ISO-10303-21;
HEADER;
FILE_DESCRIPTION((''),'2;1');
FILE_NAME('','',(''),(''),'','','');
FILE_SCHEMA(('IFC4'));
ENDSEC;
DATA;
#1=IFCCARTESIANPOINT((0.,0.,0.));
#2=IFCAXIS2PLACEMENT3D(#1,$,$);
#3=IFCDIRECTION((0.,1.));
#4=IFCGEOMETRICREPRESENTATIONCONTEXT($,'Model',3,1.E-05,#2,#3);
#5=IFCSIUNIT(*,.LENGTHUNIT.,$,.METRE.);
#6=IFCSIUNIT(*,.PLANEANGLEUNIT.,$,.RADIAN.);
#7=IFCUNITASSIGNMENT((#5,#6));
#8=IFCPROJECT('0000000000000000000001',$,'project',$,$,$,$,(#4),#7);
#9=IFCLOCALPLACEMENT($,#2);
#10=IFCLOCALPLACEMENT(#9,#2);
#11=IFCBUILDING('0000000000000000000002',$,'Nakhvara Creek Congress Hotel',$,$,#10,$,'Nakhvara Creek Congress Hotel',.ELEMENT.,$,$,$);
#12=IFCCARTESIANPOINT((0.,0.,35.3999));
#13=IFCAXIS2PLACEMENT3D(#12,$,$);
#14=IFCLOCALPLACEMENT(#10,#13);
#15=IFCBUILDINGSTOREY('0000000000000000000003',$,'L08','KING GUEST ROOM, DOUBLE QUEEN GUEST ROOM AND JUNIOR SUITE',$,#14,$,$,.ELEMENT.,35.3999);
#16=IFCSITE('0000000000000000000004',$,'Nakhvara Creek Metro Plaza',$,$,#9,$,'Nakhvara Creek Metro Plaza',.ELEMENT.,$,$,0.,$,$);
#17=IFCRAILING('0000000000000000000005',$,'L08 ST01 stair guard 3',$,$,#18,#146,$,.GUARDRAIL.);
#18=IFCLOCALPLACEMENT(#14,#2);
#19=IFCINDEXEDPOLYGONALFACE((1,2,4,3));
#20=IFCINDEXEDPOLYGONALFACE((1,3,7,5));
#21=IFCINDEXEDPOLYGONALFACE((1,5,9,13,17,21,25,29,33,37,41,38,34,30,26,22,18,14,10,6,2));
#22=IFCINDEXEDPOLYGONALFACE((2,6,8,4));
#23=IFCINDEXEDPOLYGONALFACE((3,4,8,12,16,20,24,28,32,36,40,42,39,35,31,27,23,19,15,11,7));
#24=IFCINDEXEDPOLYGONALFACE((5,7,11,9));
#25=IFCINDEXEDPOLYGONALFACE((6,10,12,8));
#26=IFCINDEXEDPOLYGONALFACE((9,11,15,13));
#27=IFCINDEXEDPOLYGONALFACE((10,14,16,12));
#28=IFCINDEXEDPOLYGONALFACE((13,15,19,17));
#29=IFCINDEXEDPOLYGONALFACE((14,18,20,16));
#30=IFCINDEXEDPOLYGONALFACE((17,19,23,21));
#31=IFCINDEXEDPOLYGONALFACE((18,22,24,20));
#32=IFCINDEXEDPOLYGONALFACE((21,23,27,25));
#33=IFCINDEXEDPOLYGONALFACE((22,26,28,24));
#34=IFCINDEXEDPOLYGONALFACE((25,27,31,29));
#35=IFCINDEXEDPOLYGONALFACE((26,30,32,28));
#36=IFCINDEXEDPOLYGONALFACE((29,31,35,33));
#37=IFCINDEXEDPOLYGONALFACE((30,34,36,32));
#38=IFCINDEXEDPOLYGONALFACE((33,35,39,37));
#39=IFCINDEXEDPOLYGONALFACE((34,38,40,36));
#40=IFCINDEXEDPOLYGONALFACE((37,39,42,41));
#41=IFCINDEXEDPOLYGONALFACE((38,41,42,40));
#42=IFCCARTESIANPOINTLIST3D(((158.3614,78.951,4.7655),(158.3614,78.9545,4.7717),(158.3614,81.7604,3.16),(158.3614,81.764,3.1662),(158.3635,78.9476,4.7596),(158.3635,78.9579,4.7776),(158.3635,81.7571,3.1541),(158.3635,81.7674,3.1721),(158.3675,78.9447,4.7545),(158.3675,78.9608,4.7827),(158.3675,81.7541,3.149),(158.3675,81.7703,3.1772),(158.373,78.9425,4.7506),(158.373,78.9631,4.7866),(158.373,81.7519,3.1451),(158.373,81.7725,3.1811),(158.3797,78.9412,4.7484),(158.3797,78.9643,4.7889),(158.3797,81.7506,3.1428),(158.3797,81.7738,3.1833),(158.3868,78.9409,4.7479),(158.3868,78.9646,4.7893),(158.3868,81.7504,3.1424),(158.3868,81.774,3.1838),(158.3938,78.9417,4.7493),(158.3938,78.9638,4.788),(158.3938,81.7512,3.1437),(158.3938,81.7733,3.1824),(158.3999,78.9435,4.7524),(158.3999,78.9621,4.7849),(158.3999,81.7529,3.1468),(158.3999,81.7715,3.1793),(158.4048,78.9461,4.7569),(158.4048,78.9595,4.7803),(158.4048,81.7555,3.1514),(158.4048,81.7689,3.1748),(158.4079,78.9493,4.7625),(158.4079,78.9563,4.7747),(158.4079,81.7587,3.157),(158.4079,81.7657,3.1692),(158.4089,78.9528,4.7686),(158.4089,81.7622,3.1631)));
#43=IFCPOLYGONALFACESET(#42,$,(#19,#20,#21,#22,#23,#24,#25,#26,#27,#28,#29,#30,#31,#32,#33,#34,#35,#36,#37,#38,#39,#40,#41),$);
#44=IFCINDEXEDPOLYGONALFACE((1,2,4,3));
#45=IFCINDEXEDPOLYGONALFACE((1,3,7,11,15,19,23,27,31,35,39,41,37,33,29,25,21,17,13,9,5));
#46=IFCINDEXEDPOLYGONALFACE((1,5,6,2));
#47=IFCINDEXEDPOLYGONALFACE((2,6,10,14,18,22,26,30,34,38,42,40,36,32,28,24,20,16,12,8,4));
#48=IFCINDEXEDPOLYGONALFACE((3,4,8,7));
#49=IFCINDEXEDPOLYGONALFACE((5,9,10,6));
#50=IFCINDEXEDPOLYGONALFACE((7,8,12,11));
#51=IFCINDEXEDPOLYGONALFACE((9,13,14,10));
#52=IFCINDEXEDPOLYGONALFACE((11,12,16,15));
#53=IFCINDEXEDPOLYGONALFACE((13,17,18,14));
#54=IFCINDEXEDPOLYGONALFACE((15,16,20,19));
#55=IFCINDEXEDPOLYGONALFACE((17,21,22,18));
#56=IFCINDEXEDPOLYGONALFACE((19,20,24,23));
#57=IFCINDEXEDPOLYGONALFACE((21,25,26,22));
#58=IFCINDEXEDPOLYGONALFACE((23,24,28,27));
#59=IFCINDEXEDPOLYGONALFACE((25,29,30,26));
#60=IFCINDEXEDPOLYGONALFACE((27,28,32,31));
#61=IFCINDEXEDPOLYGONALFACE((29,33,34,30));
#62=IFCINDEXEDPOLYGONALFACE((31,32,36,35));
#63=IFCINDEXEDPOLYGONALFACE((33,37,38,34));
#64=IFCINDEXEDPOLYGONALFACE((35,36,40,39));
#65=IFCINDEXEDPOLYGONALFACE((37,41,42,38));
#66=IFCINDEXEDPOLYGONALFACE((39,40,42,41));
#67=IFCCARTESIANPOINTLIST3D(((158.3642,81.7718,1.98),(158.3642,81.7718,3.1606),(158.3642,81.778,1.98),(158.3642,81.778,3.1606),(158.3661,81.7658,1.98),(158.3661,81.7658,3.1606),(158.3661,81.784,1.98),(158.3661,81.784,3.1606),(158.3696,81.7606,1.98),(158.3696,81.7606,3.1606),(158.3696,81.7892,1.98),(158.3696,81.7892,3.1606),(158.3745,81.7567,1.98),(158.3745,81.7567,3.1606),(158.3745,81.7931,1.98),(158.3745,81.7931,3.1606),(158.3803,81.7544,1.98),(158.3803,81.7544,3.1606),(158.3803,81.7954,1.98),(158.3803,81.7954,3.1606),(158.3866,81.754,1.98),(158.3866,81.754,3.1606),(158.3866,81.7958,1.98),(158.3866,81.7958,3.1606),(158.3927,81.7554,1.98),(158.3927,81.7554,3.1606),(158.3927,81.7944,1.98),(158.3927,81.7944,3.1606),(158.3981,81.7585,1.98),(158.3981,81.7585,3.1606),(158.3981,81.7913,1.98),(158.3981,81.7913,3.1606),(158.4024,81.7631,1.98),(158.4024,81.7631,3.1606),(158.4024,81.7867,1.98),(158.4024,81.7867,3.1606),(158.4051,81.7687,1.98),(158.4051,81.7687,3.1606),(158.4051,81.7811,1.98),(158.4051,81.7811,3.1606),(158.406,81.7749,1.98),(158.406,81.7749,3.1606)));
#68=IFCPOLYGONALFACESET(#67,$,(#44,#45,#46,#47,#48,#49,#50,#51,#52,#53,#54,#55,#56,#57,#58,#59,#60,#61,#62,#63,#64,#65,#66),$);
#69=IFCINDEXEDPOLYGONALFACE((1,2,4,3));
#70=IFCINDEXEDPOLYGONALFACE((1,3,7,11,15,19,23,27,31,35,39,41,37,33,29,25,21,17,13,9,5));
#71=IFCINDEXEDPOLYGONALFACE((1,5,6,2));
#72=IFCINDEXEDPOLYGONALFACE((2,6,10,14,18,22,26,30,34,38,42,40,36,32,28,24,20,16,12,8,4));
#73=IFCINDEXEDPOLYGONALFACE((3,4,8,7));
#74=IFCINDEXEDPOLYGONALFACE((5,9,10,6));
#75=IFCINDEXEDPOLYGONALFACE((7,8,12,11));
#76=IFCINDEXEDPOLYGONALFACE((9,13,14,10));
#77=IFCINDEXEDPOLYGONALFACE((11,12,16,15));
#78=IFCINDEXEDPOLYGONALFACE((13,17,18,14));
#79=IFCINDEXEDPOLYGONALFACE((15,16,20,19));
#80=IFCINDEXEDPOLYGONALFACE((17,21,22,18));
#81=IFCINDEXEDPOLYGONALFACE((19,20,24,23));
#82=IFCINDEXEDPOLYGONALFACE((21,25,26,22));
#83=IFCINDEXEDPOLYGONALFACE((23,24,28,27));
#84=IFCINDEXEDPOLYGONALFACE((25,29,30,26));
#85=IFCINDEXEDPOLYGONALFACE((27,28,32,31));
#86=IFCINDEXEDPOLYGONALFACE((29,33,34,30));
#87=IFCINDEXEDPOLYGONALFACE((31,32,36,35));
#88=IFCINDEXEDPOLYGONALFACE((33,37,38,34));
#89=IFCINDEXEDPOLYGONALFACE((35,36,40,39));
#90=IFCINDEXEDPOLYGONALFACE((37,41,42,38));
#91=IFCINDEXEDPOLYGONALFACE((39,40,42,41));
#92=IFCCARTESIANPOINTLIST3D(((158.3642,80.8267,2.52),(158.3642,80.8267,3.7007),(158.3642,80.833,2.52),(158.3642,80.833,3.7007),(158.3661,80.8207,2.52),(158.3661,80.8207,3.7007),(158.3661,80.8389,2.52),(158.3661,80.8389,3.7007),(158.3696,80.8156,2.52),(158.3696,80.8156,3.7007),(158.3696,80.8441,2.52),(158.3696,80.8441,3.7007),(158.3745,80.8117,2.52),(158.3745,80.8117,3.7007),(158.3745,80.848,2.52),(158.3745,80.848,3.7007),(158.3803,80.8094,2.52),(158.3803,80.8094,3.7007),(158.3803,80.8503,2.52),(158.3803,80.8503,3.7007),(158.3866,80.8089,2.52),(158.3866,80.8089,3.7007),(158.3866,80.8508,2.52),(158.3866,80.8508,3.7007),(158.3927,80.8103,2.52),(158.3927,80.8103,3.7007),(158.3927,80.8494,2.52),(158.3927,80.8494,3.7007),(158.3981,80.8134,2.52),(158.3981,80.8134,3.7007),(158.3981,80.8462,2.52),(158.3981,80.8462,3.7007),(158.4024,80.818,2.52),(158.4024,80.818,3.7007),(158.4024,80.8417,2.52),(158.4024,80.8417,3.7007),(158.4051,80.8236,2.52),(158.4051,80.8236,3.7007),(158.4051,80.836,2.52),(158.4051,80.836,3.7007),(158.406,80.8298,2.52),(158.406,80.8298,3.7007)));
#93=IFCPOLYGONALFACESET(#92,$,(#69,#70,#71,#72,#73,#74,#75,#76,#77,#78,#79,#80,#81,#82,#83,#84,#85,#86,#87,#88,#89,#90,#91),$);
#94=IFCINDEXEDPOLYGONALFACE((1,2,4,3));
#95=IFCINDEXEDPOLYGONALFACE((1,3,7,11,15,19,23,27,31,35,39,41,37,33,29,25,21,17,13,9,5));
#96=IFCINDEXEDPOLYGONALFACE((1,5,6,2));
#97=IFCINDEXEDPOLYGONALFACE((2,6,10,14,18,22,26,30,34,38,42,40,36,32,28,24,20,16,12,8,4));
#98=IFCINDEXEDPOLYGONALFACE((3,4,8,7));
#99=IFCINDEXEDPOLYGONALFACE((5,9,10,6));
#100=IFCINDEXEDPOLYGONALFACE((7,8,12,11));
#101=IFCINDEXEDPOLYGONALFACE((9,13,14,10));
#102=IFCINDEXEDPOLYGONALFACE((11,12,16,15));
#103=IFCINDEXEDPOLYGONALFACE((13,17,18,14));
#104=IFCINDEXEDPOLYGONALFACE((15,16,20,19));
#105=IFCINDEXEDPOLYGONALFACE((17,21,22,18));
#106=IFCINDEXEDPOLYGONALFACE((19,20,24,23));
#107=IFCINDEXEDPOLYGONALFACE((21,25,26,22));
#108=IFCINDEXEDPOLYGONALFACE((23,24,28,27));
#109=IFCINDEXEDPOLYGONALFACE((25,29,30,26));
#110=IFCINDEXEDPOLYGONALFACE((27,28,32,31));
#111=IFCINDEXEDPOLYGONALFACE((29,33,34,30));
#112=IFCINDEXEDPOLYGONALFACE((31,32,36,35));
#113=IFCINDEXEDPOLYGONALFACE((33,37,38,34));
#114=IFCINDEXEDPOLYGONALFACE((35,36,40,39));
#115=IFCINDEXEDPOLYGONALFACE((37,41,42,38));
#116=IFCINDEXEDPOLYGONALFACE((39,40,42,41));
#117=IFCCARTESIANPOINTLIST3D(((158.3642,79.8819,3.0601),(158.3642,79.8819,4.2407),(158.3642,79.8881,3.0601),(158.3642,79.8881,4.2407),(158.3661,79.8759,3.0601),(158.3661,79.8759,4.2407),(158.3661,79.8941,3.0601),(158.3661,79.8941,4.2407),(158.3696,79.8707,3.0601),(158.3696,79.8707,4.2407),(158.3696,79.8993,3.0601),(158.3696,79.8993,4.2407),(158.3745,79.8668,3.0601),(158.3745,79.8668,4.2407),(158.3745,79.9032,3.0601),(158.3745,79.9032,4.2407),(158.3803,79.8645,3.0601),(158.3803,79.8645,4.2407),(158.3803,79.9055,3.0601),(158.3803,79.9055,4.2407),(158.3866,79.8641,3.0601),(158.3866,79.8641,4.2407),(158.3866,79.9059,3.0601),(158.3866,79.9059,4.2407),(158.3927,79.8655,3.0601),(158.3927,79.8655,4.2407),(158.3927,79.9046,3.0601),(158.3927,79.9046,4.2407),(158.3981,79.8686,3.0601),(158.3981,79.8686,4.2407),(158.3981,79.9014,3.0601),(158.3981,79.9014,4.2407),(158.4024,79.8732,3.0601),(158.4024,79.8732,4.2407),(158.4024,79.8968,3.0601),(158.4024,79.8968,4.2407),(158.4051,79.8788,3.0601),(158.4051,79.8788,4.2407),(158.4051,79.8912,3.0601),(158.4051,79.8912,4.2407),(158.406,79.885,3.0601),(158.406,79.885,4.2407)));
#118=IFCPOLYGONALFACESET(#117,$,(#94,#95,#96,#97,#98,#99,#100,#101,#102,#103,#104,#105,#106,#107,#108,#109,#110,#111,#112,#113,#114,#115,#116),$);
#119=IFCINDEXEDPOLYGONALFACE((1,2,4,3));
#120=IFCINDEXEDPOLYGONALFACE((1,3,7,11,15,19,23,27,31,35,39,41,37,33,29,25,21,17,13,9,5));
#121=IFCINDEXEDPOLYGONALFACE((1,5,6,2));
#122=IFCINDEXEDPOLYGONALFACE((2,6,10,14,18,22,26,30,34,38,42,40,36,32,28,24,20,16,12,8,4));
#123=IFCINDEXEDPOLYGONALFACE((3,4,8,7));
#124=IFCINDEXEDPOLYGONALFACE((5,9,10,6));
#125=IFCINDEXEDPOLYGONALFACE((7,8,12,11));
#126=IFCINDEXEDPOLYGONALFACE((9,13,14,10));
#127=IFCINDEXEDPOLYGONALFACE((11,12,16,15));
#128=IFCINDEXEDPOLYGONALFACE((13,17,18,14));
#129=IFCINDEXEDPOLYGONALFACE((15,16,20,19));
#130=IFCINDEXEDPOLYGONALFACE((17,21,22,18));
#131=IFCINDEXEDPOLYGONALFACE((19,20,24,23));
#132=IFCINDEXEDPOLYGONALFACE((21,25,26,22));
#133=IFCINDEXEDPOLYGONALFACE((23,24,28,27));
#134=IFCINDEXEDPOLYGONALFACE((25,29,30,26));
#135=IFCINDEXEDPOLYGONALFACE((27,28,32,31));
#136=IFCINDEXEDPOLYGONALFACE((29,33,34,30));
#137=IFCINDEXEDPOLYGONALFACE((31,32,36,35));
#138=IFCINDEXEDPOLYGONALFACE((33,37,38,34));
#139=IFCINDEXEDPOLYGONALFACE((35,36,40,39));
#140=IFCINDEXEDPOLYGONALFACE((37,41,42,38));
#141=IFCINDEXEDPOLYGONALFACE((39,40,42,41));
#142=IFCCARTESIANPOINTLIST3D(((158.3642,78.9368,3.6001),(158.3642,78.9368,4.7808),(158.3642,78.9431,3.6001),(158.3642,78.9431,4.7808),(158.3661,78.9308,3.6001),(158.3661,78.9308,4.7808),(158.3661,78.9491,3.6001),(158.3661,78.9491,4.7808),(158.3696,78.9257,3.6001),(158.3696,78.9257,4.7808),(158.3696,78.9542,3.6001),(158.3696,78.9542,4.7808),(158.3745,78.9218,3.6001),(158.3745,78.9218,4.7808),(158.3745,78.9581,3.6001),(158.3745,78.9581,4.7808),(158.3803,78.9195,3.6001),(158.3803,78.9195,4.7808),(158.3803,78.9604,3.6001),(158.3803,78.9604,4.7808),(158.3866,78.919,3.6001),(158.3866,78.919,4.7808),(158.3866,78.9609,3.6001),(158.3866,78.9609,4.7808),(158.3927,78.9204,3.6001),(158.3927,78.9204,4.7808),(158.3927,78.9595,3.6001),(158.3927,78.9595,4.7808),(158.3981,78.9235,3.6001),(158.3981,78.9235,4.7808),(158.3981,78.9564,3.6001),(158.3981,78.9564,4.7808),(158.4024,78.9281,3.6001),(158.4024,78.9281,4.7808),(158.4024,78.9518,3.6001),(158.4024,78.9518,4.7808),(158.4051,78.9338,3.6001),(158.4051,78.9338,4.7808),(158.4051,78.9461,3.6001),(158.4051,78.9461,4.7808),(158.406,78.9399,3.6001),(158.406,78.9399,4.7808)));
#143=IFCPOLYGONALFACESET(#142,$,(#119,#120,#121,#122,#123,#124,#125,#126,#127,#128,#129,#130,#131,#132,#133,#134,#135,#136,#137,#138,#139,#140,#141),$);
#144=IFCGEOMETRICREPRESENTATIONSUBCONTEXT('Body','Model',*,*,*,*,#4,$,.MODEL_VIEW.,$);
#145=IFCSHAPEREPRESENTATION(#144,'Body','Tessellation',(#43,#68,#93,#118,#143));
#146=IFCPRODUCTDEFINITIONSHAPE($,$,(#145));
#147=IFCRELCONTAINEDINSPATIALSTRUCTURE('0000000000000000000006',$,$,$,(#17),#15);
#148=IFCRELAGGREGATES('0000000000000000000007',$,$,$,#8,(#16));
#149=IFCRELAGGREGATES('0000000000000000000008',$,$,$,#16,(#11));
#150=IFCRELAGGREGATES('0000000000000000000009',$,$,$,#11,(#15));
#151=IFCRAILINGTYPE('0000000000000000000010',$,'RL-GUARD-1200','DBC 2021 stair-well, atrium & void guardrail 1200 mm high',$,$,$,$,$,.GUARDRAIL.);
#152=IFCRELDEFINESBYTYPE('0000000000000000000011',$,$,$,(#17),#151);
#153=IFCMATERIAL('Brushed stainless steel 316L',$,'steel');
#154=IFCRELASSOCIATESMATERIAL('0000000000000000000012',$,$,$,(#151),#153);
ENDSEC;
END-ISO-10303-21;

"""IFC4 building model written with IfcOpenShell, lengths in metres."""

from ifc_helpers import new_model, si_unit, direction, frame, origin, origin_2d, place, context, subcontext, project, spatial, circle, extrude, material, type_object, element, save


model = new_model("IFC4")

# Units and contexts
model_context = context("Model", 3, precision=1e-05, world=origin(), true_north=direction((0.0, 1.0)))
body_context = subcontext(model_context, "Body", "Model", "MODEL_VIEW")
ifc_project = project(units=[si_unit("LENGTHUNIT", "METRE"), si_unit("PLANEANGLEUNIT", "RADIAN")], contexts=[model_context])

# Site, building, storey
site_placement = place(None, origin())
site = spatial("IfcSite", under=ifc_project, at=site_placement, Name="Nakhvara Creek Metro Plaza", LongName="Nakhvara Creek Metro Plaza", CompositionType="ELEMENT", RefElevation=0.0)
building_placement = place(site_placement, origin())
building = spatial("IfcBuilding", under=site, at=building_placement, Name="Nakhvara Creek Congress Hotel", LongName="Nakhvara Creek Congress Hotel", CompositionType="ELEMENT")
storey_placement = place(building_placement, frame((0.0, 0.0, 35.3999)))
storey = spatial("IfcBuildingStorey", under=building, at=storey_placement, Name="L08", Description="KING GUEST ROOM, DOUBLE QUEEN GUEST ROOM AND JUNIOR SUITE", CompositionType="ELEMENT", Elevation=35.3999)

# Railing
ifc_material_1 = material(Name="Brushed stainless steel 316L", Category="steel")
railing_type_1 = type_object("IfcRailingType", Name="RL-GUARD-1200", Description="DBC 2021 stair-well, atrium & void guardrail 1200 mm high", PredefinedType="GUARDRAIL", material=ifc_material_1)
railing_1_placement = place(storey_placement, frame((158.385, 81.7749, 1.98)))
element("IfcRailing", 1, at=railing_1_placement, inside=storey, type_object=railing_type_1, Name="L08 ST01 stair guard 3", PredefinedType="GUARDRAIL", context=body_context, shape_type="SweptSolid", body=[
    extrude(circle(Radius=0.0239, at=origin_2d()), frame((0.0, -0.0127, 1.1831), z_axis=(0.0, -0.868225, 0.496171), x_axis=(1.0, 0.0, 0.0)), (0.0, 0.0, 1.0), 3.2358),
    extrude(circle(Radius=0.021, at=origin_2d()), origin(), (0.0, 0.0, 1.0), 1.1807),
    extrude(circle(Radius=0.021, at=origin_2d()), frame((0.0, -0.9451, 0.54)), (0.0, 0.0, 1.0), 1.1807),
    extrude(circle(Radius=0.021, at=origin_2d()), frame((0.0, -1.8899, 1.0801)), (0.0, 0.0, 1.0), 1.1807),
    extrude(circle(Radius=0.021, at=origin_2d()), frame((0.0, -2.835, 1.6201)), (0.0, 0.0, 1.0), 1.1807),
])

save(model, "model.ifc")
